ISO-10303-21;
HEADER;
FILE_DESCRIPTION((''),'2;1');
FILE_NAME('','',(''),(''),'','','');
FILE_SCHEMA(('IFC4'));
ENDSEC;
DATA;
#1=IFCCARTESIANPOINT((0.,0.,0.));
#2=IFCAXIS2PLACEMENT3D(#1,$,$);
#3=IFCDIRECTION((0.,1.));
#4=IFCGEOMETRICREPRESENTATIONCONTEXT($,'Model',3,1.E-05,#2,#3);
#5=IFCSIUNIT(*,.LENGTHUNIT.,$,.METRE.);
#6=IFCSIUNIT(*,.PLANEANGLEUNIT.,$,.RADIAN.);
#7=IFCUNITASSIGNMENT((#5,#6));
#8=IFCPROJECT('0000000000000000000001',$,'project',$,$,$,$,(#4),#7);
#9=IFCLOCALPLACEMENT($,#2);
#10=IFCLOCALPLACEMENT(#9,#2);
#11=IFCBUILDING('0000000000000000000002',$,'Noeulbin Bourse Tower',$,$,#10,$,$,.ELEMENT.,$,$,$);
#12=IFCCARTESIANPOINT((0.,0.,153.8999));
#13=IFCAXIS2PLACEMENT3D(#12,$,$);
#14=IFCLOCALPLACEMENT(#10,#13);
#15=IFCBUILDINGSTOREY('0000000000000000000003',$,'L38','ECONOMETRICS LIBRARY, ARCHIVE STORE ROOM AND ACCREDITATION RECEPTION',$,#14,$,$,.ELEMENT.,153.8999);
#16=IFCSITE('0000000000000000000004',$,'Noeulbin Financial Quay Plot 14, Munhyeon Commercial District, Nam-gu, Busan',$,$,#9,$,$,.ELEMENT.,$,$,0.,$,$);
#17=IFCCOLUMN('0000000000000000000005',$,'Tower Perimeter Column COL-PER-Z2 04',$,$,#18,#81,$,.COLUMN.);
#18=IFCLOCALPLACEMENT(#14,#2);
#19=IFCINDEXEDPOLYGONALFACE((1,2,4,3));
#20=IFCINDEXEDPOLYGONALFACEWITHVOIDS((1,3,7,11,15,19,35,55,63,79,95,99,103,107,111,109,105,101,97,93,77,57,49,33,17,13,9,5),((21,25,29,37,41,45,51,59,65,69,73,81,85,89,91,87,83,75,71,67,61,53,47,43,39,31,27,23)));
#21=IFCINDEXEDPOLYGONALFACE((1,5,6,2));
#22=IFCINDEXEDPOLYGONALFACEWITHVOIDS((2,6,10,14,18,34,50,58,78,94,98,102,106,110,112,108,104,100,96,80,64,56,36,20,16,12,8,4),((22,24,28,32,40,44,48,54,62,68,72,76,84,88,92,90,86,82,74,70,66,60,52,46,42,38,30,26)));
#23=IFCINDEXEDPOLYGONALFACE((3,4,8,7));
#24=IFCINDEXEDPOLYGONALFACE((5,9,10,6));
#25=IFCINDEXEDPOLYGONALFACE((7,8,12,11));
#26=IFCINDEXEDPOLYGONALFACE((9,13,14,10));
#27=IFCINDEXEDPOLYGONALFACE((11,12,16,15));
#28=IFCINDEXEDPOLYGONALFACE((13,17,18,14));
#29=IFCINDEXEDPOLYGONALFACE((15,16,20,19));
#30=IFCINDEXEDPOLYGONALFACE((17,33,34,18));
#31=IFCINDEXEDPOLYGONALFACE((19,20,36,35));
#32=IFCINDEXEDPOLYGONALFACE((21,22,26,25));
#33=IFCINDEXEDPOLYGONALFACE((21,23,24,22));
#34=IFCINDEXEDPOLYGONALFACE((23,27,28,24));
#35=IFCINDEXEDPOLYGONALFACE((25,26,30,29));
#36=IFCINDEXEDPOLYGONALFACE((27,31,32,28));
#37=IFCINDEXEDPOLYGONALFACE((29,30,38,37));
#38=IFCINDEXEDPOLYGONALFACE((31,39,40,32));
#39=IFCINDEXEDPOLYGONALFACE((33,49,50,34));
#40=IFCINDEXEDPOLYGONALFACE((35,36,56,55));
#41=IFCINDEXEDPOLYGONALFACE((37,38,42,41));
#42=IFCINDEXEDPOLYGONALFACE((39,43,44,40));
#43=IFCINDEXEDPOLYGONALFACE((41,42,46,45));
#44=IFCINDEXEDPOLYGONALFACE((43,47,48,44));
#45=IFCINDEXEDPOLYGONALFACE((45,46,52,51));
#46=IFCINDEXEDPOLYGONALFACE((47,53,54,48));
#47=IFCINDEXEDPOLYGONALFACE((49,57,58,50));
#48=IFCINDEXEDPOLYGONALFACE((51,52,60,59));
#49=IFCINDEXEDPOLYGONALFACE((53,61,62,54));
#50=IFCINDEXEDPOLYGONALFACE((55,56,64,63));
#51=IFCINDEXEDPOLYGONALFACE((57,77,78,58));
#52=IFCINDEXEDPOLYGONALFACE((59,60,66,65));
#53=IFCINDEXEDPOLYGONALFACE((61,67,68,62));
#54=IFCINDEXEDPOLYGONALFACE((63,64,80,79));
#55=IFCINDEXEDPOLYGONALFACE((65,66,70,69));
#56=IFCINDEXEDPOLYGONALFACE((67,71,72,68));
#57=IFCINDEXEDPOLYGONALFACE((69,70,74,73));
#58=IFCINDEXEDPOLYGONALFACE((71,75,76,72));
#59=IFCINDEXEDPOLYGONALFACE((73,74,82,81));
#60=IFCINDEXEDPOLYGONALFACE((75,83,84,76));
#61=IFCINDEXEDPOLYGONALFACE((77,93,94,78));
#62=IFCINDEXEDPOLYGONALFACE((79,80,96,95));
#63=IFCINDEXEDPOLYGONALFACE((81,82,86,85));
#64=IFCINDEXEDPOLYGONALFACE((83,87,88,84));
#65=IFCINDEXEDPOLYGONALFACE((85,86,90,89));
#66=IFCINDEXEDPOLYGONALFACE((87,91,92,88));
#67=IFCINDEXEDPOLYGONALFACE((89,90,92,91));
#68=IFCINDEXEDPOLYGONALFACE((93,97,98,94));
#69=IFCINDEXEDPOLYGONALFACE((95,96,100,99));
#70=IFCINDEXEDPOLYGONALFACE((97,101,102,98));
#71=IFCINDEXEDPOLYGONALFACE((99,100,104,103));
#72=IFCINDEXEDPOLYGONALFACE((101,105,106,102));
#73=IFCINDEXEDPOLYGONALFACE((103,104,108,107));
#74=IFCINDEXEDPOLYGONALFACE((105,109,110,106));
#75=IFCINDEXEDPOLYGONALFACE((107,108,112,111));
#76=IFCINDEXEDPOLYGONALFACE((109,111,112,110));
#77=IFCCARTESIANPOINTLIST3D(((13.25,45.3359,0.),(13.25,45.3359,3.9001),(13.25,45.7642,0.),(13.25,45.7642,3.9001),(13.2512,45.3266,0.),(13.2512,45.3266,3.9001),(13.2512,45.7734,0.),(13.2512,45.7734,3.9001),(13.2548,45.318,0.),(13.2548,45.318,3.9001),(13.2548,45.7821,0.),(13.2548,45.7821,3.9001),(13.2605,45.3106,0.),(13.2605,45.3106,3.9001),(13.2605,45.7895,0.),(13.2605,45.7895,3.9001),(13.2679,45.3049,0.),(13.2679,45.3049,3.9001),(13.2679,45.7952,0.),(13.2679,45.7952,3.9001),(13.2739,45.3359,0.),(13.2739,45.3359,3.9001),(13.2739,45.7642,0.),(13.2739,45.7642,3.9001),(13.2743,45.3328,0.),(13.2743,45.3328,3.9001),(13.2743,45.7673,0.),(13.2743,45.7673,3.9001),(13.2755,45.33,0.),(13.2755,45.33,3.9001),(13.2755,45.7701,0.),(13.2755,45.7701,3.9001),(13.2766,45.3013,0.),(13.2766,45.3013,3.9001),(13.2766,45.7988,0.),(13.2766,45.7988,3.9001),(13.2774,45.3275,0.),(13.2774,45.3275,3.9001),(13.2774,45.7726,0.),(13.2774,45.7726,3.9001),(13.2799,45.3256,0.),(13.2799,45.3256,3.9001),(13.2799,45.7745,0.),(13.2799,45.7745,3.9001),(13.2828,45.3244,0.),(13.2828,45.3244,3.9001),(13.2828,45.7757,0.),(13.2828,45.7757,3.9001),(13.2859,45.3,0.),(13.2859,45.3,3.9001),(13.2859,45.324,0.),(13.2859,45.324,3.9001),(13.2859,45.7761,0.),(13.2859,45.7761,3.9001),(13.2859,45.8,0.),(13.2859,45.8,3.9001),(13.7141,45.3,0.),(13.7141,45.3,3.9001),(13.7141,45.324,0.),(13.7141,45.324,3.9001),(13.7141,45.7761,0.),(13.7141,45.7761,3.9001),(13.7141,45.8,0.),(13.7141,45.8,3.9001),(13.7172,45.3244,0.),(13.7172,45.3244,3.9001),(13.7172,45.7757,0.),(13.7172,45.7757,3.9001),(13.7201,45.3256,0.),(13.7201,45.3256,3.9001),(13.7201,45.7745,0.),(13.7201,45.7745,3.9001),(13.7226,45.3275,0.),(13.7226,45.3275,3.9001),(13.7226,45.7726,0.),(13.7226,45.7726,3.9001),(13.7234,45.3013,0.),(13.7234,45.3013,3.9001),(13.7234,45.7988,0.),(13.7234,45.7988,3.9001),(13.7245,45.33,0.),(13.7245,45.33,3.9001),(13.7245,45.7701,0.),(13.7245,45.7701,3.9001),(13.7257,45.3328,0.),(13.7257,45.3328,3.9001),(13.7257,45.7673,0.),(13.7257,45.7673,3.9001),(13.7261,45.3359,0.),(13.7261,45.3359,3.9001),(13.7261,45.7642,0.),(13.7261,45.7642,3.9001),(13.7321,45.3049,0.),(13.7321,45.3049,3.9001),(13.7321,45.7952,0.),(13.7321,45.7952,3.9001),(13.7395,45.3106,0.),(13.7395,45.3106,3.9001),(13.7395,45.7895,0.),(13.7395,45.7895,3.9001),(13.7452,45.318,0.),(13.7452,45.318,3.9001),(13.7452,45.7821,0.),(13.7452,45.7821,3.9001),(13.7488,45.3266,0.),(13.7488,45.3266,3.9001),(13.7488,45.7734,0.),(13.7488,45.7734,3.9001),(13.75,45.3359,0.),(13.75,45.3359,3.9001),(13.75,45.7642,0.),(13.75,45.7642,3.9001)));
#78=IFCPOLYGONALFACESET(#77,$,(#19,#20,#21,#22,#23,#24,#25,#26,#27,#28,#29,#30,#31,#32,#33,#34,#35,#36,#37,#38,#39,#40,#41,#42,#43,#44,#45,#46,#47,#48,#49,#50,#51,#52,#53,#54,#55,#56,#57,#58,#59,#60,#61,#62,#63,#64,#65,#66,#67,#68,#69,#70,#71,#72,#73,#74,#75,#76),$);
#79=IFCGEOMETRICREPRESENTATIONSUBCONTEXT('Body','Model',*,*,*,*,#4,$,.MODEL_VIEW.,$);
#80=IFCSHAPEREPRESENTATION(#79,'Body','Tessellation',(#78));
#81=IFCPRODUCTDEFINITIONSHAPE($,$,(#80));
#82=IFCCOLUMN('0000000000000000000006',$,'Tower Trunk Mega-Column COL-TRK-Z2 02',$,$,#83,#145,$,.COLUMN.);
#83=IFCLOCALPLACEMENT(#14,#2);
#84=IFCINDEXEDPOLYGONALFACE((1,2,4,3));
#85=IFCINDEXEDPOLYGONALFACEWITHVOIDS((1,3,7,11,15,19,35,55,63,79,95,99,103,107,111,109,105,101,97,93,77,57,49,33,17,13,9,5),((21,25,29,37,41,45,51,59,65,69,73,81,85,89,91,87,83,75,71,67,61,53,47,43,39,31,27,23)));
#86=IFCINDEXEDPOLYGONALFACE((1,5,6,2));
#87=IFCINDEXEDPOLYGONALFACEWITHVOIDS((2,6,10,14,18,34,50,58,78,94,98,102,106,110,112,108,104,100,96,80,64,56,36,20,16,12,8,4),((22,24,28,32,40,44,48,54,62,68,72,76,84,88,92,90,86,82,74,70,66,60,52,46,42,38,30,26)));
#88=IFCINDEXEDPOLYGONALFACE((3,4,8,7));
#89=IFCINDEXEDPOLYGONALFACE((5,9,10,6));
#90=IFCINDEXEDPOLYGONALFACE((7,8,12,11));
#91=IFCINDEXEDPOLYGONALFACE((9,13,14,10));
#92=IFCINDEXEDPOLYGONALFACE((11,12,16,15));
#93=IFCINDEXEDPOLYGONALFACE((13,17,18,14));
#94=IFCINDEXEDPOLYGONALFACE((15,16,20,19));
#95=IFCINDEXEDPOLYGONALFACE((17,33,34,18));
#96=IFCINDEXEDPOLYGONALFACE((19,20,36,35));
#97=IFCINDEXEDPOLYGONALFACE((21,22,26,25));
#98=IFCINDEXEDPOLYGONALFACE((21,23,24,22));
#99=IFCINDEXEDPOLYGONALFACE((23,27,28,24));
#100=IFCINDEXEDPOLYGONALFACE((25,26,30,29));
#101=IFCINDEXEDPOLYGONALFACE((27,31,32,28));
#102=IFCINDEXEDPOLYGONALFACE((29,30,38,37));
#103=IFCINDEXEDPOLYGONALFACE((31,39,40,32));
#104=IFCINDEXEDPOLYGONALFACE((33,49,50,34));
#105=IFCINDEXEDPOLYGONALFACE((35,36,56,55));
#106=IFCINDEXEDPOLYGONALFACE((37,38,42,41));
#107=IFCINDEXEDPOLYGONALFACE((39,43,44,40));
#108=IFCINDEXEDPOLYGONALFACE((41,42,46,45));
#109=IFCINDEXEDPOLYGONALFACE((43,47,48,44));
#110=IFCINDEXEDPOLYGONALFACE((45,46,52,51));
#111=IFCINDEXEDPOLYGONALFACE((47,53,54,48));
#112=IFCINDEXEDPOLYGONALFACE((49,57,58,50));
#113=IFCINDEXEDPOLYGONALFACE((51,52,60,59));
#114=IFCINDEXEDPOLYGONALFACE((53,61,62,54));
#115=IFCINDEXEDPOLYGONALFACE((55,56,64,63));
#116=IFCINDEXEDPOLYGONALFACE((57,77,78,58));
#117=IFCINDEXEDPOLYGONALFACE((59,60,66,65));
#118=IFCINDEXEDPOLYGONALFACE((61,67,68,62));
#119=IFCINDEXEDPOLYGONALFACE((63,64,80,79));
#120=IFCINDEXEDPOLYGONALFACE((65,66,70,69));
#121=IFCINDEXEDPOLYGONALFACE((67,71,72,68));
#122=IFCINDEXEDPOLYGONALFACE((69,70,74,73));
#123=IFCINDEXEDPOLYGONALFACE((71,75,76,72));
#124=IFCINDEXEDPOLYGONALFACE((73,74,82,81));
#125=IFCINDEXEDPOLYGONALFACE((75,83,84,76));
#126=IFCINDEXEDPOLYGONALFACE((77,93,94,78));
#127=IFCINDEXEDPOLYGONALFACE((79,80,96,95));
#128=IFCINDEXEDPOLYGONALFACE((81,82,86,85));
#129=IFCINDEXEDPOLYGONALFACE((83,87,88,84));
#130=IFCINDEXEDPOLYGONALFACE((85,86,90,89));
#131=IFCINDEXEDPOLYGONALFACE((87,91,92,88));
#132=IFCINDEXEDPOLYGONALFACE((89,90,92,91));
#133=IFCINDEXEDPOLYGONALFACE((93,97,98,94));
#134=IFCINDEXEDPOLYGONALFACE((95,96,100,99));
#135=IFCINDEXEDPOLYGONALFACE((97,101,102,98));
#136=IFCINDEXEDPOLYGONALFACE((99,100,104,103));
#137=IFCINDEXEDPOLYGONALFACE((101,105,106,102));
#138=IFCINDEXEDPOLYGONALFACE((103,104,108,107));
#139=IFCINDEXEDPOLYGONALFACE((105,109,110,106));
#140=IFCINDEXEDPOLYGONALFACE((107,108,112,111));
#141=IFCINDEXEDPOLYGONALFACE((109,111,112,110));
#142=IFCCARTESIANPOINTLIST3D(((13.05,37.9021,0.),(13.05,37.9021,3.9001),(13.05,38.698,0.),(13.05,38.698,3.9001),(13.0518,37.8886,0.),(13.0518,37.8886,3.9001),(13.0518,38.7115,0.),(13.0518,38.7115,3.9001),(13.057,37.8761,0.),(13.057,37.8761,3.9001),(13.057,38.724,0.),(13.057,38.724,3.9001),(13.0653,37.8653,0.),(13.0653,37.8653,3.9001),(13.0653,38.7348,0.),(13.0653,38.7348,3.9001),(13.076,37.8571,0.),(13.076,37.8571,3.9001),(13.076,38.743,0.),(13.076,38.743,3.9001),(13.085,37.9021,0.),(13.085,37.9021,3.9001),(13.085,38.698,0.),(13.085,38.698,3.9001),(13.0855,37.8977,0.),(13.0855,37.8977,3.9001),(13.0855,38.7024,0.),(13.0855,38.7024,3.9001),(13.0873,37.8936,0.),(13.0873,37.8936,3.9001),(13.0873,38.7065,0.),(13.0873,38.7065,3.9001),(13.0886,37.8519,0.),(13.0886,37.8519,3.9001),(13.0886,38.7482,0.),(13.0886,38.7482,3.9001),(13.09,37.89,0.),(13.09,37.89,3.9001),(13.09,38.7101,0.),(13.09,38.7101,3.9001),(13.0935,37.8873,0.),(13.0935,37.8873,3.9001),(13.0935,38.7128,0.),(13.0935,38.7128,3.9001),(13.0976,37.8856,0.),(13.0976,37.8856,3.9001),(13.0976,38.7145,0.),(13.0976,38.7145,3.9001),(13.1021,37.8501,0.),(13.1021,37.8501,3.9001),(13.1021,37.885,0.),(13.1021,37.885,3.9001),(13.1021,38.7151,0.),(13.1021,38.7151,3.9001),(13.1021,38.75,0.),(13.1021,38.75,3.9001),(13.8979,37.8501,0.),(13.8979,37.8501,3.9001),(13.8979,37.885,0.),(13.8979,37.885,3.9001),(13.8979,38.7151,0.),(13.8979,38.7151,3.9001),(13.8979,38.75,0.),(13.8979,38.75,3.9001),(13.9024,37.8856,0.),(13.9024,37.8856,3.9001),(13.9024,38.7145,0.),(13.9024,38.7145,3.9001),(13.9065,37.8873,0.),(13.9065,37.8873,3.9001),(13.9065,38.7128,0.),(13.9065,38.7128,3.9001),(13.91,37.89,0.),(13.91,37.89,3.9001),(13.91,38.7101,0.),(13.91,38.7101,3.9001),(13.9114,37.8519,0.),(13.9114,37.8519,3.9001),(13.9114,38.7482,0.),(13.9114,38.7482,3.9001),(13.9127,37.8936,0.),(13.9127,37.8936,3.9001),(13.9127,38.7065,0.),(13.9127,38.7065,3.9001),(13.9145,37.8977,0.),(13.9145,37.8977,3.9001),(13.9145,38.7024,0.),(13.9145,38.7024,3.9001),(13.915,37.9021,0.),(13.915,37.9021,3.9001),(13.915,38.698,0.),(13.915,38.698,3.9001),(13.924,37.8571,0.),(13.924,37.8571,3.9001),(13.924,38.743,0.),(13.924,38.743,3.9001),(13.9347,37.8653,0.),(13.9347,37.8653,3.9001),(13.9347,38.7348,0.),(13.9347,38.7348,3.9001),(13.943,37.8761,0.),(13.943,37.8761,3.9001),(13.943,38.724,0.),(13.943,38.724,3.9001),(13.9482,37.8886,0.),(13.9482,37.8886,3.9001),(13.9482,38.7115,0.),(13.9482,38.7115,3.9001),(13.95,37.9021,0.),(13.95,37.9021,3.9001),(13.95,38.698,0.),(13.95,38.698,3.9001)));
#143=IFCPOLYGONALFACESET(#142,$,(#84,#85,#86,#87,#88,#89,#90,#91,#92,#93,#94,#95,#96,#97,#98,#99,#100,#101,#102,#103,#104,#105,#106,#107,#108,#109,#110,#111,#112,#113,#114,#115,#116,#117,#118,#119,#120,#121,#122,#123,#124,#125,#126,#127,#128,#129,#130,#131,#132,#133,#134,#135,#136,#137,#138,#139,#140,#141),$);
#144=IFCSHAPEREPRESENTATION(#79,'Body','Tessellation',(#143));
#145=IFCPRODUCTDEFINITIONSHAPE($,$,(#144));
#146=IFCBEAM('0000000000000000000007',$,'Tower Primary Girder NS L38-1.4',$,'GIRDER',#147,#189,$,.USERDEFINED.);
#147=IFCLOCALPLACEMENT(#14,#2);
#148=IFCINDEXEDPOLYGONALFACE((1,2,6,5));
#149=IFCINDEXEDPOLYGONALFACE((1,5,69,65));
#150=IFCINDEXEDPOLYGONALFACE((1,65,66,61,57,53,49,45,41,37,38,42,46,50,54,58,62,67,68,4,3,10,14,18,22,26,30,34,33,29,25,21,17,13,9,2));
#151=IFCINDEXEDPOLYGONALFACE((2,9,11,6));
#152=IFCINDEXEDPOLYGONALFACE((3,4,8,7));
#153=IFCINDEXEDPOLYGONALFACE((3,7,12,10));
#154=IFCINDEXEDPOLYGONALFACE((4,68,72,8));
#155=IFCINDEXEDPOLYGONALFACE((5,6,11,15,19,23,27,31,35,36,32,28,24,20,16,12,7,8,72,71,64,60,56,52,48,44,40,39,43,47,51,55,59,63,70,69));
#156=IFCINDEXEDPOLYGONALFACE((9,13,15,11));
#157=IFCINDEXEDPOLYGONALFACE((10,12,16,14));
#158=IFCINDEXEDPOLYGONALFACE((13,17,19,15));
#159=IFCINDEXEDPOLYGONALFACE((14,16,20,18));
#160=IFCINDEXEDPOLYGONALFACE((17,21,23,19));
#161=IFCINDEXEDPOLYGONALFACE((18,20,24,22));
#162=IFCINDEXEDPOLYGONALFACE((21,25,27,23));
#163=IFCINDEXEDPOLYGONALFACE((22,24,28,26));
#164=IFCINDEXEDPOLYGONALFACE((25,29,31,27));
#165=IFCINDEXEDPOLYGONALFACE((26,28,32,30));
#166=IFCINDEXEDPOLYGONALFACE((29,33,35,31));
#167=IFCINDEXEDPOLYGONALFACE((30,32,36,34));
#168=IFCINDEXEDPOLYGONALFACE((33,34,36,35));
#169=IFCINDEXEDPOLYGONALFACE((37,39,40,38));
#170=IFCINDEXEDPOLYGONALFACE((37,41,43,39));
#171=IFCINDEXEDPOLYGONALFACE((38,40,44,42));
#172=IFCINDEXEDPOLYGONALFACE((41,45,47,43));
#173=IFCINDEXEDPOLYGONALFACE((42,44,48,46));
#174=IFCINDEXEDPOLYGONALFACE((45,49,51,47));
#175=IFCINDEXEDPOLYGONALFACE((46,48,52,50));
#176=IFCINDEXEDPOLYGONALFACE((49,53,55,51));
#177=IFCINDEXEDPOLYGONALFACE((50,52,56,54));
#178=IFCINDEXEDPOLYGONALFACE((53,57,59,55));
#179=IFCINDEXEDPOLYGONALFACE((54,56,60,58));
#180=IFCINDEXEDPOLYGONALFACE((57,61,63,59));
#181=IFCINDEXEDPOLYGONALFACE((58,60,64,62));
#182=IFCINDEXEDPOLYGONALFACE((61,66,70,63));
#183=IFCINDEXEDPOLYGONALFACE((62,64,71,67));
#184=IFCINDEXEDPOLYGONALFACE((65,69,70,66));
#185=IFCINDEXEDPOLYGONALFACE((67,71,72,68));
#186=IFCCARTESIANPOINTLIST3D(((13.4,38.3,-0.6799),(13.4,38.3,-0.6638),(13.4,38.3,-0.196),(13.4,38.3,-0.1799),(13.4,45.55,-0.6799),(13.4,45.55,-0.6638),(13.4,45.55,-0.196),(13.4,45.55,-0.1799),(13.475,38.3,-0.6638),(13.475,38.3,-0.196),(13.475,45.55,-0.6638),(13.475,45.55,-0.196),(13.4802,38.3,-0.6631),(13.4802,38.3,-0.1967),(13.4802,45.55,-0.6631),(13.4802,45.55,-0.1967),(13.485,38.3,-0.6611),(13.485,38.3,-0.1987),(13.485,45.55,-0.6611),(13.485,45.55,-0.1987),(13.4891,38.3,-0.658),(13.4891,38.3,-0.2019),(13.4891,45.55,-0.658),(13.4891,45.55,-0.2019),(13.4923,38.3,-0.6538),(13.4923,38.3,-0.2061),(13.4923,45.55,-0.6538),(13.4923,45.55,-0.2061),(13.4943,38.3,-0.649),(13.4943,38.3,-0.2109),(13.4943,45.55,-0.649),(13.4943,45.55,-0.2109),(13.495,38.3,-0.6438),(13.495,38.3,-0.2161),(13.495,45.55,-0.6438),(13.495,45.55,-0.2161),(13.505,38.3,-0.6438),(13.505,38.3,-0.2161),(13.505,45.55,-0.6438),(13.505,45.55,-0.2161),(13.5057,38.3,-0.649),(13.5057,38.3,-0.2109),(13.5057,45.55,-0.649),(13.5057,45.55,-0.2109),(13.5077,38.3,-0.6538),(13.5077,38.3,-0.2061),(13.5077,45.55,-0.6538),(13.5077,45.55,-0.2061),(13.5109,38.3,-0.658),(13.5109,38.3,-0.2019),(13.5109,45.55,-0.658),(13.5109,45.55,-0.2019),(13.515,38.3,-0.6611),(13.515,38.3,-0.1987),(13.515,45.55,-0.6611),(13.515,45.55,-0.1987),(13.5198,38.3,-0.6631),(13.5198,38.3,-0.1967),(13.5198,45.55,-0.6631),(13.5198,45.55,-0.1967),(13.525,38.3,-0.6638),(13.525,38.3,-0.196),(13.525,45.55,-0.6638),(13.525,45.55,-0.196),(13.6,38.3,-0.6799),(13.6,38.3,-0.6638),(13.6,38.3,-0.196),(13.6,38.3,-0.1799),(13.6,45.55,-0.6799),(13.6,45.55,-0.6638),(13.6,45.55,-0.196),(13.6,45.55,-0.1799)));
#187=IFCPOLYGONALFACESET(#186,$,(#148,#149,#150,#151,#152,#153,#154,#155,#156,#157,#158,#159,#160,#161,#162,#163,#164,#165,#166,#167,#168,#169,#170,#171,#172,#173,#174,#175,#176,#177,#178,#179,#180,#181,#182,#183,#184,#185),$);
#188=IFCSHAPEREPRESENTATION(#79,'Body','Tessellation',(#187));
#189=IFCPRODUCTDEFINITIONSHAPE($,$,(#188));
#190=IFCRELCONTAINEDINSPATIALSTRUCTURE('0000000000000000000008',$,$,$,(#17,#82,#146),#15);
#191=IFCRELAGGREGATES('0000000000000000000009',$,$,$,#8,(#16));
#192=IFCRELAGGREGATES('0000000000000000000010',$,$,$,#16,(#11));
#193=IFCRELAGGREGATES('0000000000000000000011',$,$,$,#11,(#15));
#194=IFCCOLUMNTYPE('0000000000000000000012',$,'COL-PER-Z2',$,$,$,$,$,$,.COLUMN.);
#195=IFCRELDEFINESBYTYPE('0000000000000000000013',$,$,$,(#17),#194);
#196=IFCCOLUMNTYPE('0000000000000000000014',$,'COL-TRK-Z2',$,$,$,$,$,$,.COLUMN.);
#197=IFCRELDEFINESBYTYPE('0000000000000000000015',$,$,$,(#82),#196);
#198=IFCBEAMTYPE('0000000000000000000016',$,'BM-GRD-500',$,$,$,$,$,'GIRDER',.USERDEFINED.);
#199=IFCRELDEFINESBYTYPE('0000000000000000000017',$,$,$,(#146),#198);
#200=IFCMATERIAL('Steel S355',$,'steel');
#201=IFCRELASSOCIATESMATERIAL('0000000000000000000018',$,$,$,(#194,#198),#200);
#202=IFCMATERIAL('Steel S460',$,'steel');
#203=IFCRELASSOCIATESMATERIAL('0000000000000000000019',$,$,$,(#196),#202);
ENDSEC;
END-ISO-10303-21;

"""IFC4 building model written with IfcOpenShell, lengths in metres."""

from ifc_helpers import new_model, si_unit, direction, frame, origin, origin_2d, place, context, subcontext, project, spatial, hollow_rectangle, i_section, extrude, material, material_profile, profile_set, type_object, element, save


model = new_model("IFC4")

# Units and contexts
model_context = context("Model", 3, precision=1e-05, world=origin(), true_north=direction((0.0, 1.0)))
body_context = subcontext(model_context, "Body", "Model", "MODEL_VIEW")
ifc_project = project(units=[si_unit("LENGTHUNIT", "METRE"), si_unit("PLANEANGLEUNIT", "RADIAN")], contexts=[model_context])

# Site, building, storey
site_placement = place(None, origin())
site = spatial("IfcSite", under=ifc_project, at=site_placement, Name="Noeulbin Financial Quay Plot 14, Munhyeon Commercial District, Nam-gu, Busan", CompositionType="ELEMENT", RefElevation=0.0)
building_placement = place(site_placement, origin())
building = spatial("IfcBuilding", under=site, at=building_placement, Name="Noeulbin Bourse Tower", CompositionType="ELEMENT")
storey_placement = place(building_placement, frame((0.0, 0.0, 153.8999)))
storey = spatial("IfcBuildingStorey", under=building, at=storey_placement, Name="L38", Description="ECONOMETRICS LIBRARY, ARCHIVE STORE ROOM AND ACCREDITATION RECEPTION", CompositionType="ELEMENT", Elevation=153.8999)

# Columns
ifc_material_1 = material(Name="Steel S355", Category="steel")
ifc_material_profile_1 = material_profile(ifc_material_1, hollow_rectangle(XDim=0.5, YDim=0.5, WallThickness=0.0239, InnerFilletRadius=0.012, OuterFilletRadius=0.0359, at=origin_2d()), Name="BOX-500x500x24", Category="LoadBearing")
ifc_profile_set_1 = profile_set([ifc_material_profile_1], Name="Steel S355")
column_type_1 = type_object("IfcColumnType", Name="COL-PER-Z2", PredefinedType="COLUMN", material=ifc_profile_set_1)
column_1_placement = place(storey_placement, frame((13.5, 45.55, 0.0), z_axis=(0.0, 0.0, 1.0), x_axis=(1.0, 0.0, 0.0)))
element("IfcColumn", 1, at=column_1_placement, inside=storey, type_object=column_type_1, Name="Tower Perimeter Column COL-PER-Z2 04", PredefinedType="COLUMN", context=body_context, shape_type="SweptSolid", body=[
    extrude(hollow_rectangle(XDim=0.5, YDim=0.5, WallThickness=0.0239, InnerFilletRadius=0.012, OuterFilletRadius=0.0359, at=origin_2d()), origin(), (0.0, 0.0, 1.0), 3.9001),
])
ifc_material_2 = material(Name="Steel S460", Category="steel")
ifc_material_profile_2 = material_profile(ifc_material_2, hollow_rectangle(XDim=0.8999, YDim=0.8999, WallThickness=0.0349, InnerFilletRadius=0.0171, OuterFilletRadius=0.052, at=origin_2d()), Name="BOX-900x900x35", Category="LoadBearing")
ifc_profile_set_2 = profile_set([ifc_material_profile_2], Name="Steel S460")
column_type_2 = type_object("IfcColumnType", Name="COL-TRK-Z2", PredefinedType="COLUMN", material=ifc_profile_set_2)
column_2_placement = place(storey_placement, frame((13.5, 38.3, 0.0), z_axis=(0.0, 0.0, 1.0), x_axis=(1.0, 0.0, 0.0)))
element("IfcColumn", 2, at=column_2_placement, inside=storey, type_object=column_type_2, Name="Tower Trunk Mega-Column COL-TRK-Z2 02", PredefinedType="COLUMN", context=body_context, shape_type="SweptSolid", body=[
    extrude(hollow_rectangle(XDim=0.8999, YDim=0.8999, WallThickness=0.0349, InnerFilletRadius=0.0171, OuterFilletRadius=0.052, at=origin_2d()), origin(), (0.0, 0.0, 1.0), 3.9001),
])

# Beam
ifc_material_profile_3 = material_profile(ifc_material_1, i_section(OverallWidth=0.2, OverallDepth=0.5, WebThickness=0.01, FlangeThickness=0.0161, FilletRadius=0.02, at=origin_2d()), Name="H-500x200x10x16", Category="LoadBearing")
ifc_profile_set_3 = profile_set([ifc_material_profile_3], Name="Steel S355")
beam_type_1 = type_object("IfcBeamType", Name="BM-GRD-500", ElementType="GIRDER", PredefinedType="USERDEFINED", material=ifc_profile_set_3)
beam_1_placement = place(storey_placement, frame((13.5, 38.3, -0.4299), z_axis=(0.0, 1.0, 0.0), x_axis=(-1.0, 0.0, 0.0)))
element("IfcBeam", 3, at=beam_1_placement, inside=storey, type_object=beam_type_1, Name="Tower Primary Girder NS L38-1.4", ObjectType="GIRDER", PredefinedType="USERDEFINED", context=body_context, shape_type="SweptSolid", body=[
    extrude(i_section(OverallWidth=0.2, OverallDepth=0.5, WebThickness=0.01, FlangeThickness=0.0161, FilletRadius=0.02, at=origin_2d()), origin(), (0.0, 0.0, 1.0), 7.25),
])

save(model, "model.ifc")
